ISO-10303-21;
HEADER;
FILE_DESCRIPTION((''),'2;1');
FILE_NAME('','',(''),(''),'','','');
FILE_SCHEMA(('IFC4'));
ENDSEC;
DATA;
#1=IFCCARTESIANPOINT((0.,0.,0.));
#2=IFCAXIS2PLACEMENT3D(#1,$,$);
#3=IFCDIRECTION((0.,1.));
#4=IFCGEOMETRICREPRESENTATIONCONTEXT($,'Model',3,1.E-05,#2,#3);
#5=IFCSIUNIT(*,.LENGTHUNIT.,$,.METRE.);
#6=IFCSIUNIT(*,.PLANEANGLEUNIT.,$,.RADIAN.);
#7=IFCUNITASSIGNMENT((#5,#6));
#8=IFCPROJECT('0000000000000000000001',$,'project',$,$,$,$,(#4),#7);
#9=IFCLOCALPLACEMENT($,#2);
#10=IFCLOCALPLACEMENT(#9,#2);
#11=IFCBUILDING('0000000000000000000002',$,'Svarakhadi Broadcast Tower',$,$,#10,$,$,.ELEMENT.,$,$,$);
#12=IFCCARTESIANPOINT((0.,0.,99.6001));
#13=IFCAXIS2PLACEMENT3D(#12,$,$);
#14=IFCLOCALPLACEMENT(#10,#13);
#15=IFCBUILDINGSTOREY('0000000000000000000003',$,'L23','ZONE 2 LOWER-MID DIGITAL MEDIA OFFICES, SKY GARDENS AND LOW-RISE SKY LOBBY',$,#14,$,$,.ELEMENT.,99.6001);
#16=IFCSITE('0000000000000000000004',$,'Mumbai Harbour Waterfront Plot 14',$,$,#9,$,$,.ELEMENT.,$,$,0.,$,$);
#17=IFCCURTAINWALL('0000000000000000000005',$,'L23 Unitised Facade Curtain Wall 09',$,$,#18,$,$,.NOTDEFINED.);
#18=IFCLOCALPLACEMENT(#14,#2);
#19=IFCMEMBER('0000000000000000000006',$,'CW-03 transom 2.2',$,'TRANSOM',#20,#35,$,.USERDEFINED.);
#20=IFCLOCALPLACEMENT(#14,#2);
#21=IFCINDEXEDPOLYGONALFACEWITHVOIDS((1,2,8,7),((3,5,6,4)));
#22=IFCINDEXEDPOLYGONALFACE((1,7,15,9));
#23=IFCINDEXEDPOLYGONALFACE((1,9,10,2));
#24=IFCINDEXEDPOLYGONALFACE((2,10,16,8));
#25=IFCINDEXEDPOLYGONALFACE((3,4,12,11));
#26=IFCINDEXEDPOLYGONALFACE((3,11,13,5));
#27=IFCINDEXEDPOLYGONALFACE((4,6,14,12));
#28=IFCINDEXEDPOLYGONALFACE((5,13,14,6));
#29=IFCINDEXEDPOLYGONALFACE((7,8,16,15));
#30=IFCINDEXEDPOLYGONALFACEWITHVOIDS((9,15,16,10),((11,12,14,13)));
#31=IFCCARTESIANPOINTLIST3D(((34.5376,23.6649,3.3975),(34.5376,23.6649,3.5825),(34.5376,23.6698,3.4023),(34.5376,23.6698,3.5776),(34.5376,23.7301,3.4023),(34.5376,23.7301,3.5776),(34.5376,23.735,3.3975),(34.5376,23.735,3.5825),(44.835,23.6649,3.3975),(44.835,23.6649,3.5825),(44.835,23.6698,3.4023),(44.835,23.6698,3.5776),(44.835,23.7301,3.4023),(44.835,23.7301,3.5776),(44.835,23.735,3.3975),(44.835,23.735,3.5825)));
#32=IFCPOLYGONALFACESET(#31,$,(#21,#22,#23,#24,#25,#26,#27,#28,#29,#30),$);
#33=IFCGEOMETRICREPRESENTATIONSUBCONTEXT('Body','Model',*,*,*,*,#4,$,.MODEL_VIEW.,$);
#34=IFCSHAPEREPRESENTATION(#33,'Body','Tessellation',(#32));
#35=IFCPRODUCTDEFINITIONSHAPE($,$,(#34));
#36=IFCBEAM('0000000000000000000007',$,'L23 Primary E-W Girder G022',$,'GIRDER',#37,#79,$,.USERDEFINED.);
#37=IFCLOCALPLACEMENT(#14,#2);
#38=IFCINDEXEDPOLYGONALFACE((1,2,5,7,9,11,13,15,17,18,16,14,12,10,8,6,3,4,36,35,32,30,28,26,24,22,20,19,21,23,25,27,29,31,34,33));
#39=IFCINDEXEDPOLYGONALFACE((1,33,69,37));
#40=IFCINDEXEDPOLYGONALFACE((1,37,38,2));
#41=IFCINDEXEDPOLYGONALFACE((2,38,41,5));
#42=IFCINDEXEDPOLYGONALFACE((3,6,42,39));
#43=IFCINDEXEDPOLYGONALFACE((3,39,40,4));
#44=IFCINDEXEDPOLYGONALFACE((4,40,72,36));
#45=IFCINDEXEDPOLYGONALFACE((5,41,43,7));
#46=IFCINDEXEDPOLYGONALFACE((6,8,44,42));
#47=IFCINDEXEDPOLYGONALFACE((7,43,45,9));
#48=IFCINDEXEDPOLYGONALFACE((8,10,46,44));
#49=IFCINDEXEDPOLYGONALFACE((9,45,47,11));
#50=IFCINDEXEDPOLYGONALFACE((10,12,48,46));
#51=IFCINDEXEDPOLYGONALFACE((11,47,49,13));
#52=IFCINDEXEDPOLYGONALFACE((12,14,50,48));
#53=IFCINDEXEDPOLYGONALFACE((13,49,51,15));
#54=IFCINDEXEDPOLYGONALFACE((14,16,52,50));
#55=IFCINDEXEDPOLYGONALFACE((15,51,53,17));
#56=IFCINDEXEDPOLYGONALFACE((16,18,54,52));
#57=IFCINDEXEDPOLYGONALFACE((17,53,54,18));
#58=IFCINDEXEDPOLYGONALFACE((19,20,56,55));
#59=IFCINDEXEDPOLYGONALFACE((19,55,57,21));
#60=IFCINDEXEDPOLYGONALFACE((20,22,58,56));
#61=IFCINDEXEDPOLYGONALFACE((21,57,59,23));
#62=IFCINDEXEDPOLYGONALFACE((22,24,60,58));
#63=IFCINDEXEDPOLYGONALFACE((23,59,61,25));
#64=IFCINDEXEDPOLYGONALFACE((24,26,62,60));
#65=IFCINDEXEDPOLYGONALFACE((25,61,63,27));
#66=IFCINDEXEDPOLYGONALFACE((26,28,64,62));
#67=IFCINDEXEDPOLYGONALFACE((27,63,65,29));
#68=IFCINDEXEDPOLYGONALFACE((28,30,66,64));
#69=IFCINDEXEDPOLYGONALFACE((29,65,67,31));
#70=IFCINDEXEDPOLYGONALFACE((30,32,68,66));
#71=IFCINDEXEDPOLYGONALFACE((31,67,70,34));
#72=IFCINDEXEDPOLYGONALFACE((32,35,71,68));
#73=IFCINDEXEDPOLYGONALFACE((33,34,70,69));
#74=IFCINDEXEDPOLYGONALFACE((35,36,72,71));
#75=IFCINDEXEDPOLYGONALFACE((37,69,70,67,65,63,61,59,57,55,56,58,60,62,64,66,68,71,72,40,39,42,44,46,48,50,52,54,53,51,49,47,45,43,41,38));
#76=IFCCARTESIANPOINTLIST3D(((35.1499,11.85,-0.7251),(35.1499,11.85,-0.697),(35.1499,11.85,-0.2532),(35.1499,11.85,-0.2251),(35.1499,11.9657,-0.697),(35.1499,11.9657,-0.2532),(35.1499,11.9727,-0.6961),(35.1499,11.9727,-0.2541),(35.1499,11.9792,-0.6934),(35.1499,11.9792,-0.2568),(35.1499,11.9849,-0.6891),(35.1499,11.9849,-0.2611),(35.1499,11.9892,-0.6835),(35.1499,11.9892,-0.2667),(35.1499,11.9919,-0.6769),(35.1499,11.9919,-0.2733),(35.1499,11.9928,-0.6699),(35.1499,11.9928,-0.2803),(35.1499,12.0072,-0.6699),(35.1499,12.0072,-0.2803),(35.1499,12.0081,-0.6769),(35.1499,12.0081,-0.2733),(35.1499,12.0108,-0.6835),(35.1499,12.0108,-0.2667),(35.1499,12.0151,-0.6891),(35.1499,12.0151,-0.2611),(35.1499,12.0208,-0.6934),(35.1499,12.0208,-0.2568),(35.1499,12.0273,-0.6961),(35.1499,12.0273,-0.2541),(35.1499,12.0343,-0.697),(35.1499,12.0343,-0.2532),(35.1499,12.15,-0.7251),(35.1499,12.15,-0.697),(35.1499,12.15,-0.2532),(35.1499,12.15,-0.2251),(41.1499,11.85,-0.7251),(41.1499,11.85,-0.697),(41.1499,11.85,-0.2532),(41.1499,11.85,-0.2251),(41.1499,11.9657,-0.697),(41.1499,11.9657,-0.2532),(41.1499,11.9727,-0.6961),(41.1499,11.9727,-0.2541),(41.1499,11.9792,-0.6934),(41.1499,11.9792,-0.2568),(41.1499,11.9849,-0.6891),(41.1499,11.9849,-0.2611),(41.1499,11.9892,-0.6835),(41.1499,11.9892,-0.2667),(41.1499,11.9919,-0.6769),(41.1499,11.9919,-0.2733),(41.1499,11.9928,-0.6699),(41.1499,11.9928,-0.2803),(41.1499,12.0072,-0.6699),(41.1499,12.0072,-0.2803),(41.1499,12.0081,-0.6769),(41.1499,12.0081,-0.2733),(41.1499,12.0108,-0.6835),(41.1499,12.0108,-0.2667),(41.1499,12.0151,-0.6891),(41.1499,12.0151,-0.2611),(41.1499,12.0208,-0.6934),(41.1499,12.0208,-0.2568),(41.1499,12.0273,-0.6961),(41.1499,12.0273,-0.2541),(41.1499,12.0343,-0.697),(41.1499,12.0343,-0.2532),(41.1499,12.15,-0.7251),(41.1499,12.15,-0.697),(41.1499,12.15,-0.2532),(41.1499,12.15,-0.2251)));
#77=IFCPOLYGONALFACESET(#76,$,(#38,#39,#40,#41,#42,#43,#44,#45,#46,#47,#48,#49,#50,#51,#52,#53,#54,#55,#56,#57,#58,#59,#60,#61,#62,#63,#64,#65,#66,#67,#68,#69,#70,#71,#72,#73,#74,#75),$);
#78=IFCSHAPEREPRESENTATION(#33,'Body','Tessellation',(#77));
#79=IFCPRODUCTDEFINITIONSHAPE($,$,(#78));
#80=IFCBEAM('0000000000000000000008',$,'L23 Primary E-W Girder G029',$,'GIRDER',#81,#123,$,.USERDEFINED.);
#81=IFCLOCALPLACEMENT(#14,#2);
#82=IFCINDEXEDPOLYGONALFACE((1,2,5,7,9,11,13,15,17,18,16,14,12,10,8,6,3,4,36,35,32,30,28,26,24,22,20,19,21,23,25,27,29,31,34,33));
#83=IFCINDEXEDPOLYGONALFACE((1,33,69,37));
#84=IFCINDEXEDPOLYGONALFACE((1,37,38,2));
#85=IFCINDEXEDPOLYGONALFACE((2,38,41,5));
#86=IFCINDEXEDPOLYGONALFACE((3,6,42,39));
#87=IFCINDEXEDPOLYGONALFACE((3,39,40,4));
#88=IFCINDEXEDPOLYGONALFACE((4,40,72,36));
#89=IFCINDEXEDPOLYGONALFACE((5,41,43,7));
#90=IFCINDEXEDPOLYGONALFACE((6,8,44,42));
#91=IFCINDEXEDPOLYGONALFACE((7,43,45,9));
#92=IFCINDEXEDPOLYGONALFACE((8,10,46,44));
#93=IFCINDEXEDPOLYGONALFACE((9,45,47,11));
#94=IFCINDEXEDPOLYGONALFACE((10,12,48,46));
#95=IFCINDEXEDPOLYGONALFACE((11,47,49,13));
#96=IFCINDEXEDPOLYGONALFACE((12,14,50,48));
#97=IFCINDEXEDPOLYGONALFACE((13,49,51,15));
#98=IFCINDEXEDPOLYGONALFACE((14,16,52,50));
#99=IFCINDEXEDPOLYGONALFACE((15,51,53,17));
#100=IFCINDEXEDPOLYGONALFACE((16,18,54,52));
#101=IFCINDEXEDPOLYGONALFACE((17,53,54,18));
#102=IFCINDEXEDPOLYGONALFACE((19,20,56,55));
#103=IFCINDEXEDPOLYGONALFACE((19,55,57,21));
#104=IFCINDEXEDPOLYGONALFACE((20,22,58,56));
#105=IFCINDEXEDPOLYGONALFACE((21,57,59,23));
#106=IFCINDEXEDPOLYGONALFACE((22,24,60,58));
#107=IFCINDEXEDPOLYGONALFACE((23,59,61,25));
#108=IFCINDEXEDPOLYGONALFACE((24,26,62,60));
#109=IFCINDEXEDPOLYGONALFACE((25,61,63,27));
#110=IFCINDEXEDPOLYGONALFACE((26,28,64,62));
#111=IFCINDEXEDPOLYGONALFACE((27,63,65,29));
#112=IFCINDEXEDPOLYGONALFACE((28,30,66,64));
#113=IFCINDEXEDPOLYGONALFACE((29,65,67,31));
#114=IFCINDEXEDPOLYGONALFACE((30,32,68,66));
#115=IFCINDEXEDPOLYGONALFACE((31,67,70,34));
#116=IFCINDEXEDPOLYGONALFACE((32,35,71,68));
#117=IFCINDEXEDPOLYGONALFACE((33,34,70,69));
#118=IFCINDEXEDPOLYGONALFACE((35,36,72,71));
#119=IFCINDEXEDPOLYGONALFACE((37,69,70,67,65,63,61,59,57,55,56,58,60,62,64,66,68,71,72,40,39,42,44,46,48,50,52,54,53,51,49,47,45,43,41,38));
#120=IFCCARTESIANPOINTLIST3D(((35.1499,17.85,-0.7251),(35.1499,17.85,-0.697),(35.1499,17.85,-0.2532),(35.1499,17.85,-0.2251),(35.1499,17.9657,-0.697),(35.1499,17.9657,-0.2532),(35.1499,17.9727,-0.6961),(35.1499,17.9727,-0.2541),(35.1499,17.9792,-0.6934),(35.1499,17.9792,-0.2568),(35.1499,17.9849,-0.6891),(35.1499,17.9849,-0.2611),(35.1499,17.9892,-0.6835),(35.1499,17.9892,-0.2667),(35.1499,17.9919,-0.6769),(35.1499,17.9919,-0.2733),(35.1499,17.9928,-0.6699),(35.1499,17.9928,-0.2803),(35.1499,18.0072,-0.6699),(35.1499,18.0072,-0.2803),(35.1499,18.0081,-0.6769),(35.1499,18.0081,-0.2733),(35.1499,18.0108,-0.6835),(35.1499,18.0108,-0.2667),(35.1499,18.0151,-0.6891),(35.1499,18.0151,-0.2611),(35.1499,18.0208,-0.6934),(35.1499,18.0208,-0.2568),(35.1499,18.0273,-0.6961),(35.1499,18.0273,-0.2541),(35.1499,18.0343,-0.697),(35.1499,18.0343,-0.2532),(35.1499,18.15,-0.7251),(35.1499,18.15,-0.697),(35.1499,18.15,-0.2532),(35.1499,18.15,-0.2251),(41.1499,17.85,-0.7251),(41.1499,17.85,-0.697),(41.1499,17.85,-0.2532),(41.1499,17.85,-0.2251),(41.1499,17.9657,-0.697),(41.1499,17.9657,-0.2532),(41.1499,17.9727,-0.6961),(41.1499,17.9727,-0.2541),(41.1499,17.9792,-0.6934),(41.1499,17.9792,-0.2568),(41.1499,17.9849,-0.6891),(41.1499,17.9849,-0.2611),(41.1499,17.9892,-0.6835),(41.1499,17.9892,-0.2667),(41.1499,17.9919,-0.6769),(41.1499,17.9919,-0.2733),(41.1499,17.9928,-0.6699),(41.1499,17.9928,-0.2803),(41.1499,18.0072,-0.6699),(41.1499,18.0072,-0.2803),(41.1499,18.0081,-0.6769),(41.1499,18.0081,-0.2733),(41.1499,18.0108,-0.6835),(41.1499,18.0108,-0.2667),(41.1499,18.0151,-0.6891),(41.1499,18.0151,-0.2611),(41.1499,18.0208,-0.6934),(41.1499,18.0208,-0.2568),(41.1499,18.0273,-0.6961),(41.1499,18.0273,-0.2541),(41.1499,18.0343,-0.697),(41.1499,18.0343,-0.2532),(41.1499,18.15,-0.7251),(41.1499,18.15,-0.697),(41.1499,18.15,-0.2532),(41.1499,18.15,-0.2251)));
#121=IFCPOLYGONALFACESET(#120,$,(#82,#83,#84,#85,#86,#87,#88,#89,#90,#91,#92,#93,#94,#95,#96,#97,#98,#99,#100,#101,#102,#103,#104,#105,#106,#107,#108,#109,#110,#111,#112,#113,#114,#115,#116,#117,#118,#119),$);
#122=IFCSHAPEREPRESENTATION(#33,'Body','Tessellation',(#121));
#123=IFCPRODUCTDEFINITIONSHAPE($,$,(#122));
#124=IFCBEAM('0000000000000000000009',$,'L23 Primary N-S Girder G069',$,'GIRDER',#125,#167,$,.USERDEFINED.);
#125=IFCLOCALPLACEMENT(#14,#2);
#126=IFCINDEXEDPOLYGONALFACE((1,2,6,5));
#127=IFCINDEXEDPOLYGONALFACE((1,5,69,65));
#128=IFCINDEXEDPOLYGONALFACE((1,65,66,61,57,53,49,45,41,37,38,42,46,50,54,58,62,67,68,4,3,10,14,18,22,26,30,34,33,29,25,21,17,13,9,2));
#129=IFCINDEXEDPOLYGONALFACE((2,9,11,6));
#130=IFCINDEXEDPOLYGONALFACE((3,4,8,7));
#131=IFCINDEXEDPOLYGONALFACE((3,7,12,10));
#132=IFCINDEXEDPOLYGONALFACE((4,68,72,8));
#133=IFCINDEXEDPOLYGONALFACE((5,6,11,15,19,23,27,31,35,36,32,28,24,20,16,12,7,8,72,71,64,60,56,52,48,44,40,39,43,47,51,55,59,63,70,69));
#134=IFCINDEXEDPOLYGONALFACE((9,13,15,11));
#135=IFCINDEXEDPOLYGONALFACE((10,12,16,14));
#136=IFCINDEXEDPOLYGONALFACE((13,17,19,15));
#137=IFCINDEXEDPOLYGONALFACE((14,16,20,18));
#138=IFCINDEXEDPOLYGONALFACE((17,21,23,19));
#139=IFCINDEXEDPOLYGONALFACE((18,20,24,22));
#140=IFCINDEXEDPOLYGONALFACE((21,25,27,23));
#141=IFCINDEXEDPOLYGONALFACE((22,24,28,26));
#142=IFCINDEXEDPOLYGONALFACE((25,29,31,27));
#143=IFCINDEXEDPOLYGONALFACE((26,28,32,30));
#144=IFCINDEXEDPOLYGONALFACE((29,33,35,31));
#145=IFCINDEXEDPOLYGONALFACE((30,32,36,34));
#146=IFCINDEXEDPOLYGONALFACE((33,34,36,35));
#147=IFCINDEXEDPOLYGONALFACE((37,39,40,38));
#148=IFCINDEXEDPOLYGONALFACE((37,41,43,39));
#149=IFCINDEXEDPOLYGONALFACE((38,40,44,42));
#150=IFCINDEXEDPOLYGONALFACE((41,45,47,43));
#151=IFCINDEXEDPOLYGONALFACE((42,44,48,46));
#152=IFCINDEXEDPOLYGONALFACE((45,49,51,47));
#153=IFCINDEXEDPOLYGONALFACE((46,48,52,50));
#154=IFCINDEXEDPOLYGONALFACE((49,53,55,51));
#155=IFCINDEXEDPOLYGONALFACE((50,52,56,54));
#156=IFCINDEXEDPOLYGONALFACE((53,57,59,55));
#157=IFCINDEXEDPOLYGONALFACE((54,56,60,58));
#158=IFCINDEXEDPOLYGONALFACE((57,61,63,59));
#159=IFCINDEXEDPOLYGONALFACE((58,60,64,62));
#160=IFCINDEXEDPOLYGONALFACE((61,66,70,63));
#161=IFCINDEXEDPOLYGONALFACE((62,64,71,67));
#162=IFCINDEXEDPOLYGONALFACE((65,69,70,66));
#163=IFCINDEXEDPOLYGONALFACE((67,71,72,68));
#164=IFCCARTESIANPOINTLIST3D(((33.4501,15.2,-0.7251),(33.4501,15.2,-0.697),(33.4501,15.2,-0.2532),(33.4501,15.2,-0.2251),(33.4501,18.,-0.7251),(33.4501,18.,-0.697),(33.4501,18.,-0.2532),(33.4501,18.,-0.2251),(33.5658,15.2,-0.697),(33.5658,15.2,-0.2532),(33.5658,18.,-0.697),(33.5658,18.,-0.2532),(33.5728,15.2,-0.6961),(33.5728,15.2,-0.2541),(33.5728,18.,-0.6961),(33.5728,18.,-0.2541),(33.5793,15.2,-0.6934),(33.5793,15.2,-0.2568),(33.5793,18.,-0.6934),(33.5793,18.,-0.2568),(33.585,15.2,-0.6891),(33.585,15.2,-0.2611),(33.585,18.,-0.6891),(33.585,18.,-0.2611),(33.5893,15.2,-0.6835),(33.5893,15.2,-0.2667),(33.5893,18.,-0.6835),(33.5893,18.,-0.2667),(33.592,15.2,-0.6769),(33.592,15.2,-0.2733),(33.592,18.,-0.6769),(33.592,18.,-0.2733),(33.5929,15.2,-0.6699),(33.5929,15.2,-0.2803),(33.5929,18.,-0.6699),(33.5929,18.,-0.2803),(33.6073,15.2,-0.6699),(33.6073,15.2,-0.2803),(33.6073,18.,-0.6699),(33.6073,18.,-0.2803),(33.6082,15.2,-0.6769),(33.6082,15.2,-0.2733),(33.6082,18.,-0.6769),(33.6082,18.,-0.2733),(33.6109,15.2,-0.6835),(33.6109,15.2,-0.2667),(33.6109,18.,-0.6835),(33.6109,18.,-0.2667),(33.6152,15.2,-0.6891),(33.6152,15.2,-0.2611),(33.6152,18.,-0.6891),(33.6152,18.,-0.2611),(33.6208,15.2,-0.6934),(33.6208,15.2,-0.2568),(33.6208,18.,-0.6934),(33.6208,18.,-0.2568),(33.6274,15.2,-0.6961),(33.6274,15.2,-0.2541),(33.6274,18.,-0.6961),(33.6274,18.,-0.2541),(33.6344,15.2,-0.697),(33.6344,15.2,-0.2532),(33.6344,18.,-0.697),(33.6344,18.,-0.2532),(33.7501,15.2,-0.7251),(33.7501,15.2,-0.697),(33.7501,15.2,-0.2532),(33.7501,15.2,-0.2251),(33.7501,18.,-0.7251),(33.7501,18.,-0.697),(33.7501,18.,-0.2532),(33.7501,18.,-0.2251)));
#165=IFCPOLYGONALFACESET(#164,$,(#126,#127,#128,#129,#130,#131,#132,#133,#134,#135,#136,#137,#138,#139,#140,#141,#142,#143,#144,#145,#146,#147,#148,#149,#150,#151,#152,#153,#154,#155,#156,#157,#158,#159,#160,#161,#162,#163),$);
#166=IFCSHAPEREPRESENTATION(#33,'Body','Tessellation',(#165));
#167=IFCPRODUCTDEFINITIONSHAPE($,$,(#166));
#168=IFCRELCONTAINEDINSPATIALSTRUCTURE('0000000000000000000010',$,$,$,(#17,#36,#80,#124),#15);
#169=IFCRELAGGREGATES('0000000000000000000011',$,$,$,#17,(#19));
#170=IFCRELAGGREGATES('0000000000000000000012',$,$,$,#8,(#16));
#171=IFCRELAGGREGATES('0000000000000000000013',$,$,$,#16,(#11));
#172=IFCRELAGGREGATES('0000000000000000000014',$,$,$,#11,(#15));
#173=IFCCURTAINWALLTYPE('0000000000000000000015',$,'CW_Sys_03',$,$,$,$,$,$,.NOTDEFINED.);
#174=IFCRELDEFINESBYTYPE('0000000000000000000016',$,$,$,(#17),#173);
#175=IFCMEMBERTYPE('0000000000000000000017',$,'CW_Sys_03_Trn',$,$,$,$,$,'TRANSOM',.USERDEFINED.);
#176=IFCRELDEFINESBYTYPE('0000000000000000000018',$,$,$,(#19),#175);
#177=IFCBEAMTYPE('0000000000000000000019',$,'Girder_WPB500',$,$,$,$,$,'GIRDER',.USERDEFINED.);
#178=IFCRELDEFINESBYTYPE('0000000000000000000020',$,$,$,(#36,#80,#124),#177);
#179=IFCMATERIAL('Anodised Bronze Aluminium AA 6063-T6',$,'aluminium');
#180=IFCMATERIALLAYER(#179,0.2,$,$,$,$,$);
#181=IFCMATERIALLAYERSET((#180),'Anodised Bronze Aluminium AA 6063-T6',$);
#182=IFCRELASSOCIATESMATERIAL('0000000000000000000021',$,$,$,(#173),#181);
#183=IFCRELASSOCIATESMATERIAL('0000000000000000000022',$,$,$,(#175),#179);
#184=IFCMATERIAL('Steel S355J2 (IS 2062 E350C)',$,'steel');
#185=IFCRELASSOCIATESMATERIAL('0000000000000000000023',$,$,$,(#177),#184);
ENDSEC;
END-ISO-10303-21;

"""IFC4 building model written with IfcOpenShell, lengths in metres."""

from ifc_helpers import new_model, si_unit, direction, frame, origin, origin_2d, place, context, subcontext, project, spatial, hollow_rectangle, i_section, extrude, material, layer, layer_set, material_profile, profile_set, type_object, element, aggregate, save


model = new_model("IFC4")

# Units and contexts
model_context = context("Model", 3, precision=1e-05, world=origin(), true_north=direction((0.0, 1.0)))
body_context = subcontext(model_context, "Body", "Model", "MODEL_VIEW")
ifc_project = project(units=[si_unit("LENGTHUNIT", "METRE"), si_unit("PLANEANGLEUNIT", "RADIAN")], contexts=[model_context])

# Site, building, storey
site_placement = place(None, origin())
site = spatial("IfcSite", under=ifc_project, at=site_placement, Name="Mumbai Harbour Waterfront Plot 14", CompositionType="ELEMENT", RefElevation=0.0)
building_placement = place(site_placement, origin())
building = spatial("IfcBuilding", under=site, at=building_placement, Name="Svarakhadi Broadcast Tower", CompositionType="ELEMENT")
storey_placement = place(building_placement, frame((0.0, 0.0, 99.6001)))
storey = spatial("IfcBuildingStorey", under=building, at=storey_placement, Name="L23", Description="ZONE 2 LOWER-MID DIGITAL MEDIA OFFICES, SKY GARDENS AND LOW-RISE SKY LOBBY", CompositionType="ELEMENT", Elevation=99.6001)

# Shared definitions
ifc_material_1 = material(Name="Steel S355J2 (IS 2062 E350C)", Category="steel")

# Curtain wall, member
ifc_material_2 = material(Name="Anodised Bronze Aluminium AA 6063-T6", Category="aluminium")
ifc_layer_1 = layer(ifc_material_2, 0.2)
ifc_layer_set_1 = layer_set([ifc_layer_1], Name="Anodised Bronze Aluminium AA 6063-T6")
curtain_wall_type = type_object("IfcCurtainWallType", Name="CW_Sys_03", PredefinedType="NOTDEFINED", material=ifc_layer_set_1)
curtain_wall_placement = place(storey_placement, origin())
curtain_wall = element("IfcCurtainWall", 1, at=curtain_wall_placement, inside=storey, type_object=curtain_wall_type, Name="L23 Unitised Facade Curtain Wall 09", PredefinedType="NOTDEFINED")
ifc_material_profile_1 = material_profile(ifc_material_2, hollow_rectangle(XDim=0.0701, YDim=0.1851, WallThickness=0.0049, at=origin_2d()), Name="ALU TRANSOM 185x70x5")
ifc_profile_set_1 = profile_set([ifc_material_profile_1], Name="Anodised Bronze Aluminium AA 6063-T6")
member_type_1 = type_object("IfcMemberType", Name="CW_Sys_03_Trn", ElementType="TRANSOM", PredefinedType="USERDEFINED", material=ifc_profile_set_1)
member_1_placement = place(storey_placement, frame((34.5376, 23.7, 3.49), z_axis=(1.0, 0.0, 0.0), x_axis=(0.0, 1.0, 0.0)))
member_1 = element("IfcMember", 2, at=member_1_placement, type_object=member_type_1, Name="CW-03 transom 2.2", ObjectType="TRANSOM", PredefinedType="USERDEFINED", context=body_context, shape_type="SweptSolid", body=[
    extrude(hollow_rectangle(XDim=0.0701, YDim=0.1851, WallThickness=0.0049, at=origin_2d()), origin(), (0.0, 0.0, 1.0), 10.2974),
])

# Beams
ifc_material_profile_2 = material_profile(ifc_material_1, i_section(OverallWidth=0.3, OverallDepth=0.5, WebThickness=0.0144, FlangeThickness=0.0281, FilletRadius=0.0271, at=origin_2d()), Name="WPB 500x300x187")
ifc_profile_set_2 = profile_set([ifc_material_profile_2], Name="Steel S355J2 (IS 2062 E350C)")
beam_type_1 = type_object("IfcBeamType", Name="Girder_WPB500", ElementType="GIRDER", PredefinedType="USERDEFINED", material=ifc_profile_set_2)
for number, where, z_axis, x_axis, name in (
    (3, (35.1499, 12.0, -0.4751), (1.0, 0.0, 0.0), (0.0, 1.0, 0.0), "L23 Primary E-W Girder G022"),
    (4, (35.1499, 18.0, -0.4751), (1.0, 0.0, 0.0), (0.0, 1.0, 0.0), "L23 Primary E-W Girder G029"),
):
    element("IfcBeam", number, at=place(storey_placement, frame(where, z_axis=z_axis, x_axis=x_axis)), inside=storey, type_object=beam_type_1, Name=name, ObjectType="GIRDER", PredefinedType="USERDEFINED", context=body_context, shape_type="SweptSolid", body=[
        extrude(i_section(OverallWidth=0.3, OverallDepth=0.5, WebThickness=0.0144, FlangeThickness=0.0281, FilletRadius=0.0271, at=origin_2d()), origin(), (0.0, 0.0, 1.0), 6.0),
    ])
beam_1_placement = place(storey_placement, frame((33.6001, 15.2, -0.4751), z_axis=(0.0, 1.0, 0.0), x_axis=(-1.0, 0.0, 0.0)))
element("IfcBeam", 5, at=beam_1_placement, inside=storey, type_object=beam_type_1, Name="L23 Primary N-S Girder G069", ObjectType="GIRDER", PredefinedType="USERDEFINED", context=body_context, shape_type="SweptSolid", body=[
    extrude(i_section(OverallWidth=0.3, OverallDepth=0.5, WebThickness=0.0144, FlangeThickness=0.0281, FilletRadius=0.0271, at=origin_2d()), origin(), (0.0, 0.0, 1.0), 2.8),
])

aggregate(curtain_wall, [member_1])

save(model, "model.ifc")
